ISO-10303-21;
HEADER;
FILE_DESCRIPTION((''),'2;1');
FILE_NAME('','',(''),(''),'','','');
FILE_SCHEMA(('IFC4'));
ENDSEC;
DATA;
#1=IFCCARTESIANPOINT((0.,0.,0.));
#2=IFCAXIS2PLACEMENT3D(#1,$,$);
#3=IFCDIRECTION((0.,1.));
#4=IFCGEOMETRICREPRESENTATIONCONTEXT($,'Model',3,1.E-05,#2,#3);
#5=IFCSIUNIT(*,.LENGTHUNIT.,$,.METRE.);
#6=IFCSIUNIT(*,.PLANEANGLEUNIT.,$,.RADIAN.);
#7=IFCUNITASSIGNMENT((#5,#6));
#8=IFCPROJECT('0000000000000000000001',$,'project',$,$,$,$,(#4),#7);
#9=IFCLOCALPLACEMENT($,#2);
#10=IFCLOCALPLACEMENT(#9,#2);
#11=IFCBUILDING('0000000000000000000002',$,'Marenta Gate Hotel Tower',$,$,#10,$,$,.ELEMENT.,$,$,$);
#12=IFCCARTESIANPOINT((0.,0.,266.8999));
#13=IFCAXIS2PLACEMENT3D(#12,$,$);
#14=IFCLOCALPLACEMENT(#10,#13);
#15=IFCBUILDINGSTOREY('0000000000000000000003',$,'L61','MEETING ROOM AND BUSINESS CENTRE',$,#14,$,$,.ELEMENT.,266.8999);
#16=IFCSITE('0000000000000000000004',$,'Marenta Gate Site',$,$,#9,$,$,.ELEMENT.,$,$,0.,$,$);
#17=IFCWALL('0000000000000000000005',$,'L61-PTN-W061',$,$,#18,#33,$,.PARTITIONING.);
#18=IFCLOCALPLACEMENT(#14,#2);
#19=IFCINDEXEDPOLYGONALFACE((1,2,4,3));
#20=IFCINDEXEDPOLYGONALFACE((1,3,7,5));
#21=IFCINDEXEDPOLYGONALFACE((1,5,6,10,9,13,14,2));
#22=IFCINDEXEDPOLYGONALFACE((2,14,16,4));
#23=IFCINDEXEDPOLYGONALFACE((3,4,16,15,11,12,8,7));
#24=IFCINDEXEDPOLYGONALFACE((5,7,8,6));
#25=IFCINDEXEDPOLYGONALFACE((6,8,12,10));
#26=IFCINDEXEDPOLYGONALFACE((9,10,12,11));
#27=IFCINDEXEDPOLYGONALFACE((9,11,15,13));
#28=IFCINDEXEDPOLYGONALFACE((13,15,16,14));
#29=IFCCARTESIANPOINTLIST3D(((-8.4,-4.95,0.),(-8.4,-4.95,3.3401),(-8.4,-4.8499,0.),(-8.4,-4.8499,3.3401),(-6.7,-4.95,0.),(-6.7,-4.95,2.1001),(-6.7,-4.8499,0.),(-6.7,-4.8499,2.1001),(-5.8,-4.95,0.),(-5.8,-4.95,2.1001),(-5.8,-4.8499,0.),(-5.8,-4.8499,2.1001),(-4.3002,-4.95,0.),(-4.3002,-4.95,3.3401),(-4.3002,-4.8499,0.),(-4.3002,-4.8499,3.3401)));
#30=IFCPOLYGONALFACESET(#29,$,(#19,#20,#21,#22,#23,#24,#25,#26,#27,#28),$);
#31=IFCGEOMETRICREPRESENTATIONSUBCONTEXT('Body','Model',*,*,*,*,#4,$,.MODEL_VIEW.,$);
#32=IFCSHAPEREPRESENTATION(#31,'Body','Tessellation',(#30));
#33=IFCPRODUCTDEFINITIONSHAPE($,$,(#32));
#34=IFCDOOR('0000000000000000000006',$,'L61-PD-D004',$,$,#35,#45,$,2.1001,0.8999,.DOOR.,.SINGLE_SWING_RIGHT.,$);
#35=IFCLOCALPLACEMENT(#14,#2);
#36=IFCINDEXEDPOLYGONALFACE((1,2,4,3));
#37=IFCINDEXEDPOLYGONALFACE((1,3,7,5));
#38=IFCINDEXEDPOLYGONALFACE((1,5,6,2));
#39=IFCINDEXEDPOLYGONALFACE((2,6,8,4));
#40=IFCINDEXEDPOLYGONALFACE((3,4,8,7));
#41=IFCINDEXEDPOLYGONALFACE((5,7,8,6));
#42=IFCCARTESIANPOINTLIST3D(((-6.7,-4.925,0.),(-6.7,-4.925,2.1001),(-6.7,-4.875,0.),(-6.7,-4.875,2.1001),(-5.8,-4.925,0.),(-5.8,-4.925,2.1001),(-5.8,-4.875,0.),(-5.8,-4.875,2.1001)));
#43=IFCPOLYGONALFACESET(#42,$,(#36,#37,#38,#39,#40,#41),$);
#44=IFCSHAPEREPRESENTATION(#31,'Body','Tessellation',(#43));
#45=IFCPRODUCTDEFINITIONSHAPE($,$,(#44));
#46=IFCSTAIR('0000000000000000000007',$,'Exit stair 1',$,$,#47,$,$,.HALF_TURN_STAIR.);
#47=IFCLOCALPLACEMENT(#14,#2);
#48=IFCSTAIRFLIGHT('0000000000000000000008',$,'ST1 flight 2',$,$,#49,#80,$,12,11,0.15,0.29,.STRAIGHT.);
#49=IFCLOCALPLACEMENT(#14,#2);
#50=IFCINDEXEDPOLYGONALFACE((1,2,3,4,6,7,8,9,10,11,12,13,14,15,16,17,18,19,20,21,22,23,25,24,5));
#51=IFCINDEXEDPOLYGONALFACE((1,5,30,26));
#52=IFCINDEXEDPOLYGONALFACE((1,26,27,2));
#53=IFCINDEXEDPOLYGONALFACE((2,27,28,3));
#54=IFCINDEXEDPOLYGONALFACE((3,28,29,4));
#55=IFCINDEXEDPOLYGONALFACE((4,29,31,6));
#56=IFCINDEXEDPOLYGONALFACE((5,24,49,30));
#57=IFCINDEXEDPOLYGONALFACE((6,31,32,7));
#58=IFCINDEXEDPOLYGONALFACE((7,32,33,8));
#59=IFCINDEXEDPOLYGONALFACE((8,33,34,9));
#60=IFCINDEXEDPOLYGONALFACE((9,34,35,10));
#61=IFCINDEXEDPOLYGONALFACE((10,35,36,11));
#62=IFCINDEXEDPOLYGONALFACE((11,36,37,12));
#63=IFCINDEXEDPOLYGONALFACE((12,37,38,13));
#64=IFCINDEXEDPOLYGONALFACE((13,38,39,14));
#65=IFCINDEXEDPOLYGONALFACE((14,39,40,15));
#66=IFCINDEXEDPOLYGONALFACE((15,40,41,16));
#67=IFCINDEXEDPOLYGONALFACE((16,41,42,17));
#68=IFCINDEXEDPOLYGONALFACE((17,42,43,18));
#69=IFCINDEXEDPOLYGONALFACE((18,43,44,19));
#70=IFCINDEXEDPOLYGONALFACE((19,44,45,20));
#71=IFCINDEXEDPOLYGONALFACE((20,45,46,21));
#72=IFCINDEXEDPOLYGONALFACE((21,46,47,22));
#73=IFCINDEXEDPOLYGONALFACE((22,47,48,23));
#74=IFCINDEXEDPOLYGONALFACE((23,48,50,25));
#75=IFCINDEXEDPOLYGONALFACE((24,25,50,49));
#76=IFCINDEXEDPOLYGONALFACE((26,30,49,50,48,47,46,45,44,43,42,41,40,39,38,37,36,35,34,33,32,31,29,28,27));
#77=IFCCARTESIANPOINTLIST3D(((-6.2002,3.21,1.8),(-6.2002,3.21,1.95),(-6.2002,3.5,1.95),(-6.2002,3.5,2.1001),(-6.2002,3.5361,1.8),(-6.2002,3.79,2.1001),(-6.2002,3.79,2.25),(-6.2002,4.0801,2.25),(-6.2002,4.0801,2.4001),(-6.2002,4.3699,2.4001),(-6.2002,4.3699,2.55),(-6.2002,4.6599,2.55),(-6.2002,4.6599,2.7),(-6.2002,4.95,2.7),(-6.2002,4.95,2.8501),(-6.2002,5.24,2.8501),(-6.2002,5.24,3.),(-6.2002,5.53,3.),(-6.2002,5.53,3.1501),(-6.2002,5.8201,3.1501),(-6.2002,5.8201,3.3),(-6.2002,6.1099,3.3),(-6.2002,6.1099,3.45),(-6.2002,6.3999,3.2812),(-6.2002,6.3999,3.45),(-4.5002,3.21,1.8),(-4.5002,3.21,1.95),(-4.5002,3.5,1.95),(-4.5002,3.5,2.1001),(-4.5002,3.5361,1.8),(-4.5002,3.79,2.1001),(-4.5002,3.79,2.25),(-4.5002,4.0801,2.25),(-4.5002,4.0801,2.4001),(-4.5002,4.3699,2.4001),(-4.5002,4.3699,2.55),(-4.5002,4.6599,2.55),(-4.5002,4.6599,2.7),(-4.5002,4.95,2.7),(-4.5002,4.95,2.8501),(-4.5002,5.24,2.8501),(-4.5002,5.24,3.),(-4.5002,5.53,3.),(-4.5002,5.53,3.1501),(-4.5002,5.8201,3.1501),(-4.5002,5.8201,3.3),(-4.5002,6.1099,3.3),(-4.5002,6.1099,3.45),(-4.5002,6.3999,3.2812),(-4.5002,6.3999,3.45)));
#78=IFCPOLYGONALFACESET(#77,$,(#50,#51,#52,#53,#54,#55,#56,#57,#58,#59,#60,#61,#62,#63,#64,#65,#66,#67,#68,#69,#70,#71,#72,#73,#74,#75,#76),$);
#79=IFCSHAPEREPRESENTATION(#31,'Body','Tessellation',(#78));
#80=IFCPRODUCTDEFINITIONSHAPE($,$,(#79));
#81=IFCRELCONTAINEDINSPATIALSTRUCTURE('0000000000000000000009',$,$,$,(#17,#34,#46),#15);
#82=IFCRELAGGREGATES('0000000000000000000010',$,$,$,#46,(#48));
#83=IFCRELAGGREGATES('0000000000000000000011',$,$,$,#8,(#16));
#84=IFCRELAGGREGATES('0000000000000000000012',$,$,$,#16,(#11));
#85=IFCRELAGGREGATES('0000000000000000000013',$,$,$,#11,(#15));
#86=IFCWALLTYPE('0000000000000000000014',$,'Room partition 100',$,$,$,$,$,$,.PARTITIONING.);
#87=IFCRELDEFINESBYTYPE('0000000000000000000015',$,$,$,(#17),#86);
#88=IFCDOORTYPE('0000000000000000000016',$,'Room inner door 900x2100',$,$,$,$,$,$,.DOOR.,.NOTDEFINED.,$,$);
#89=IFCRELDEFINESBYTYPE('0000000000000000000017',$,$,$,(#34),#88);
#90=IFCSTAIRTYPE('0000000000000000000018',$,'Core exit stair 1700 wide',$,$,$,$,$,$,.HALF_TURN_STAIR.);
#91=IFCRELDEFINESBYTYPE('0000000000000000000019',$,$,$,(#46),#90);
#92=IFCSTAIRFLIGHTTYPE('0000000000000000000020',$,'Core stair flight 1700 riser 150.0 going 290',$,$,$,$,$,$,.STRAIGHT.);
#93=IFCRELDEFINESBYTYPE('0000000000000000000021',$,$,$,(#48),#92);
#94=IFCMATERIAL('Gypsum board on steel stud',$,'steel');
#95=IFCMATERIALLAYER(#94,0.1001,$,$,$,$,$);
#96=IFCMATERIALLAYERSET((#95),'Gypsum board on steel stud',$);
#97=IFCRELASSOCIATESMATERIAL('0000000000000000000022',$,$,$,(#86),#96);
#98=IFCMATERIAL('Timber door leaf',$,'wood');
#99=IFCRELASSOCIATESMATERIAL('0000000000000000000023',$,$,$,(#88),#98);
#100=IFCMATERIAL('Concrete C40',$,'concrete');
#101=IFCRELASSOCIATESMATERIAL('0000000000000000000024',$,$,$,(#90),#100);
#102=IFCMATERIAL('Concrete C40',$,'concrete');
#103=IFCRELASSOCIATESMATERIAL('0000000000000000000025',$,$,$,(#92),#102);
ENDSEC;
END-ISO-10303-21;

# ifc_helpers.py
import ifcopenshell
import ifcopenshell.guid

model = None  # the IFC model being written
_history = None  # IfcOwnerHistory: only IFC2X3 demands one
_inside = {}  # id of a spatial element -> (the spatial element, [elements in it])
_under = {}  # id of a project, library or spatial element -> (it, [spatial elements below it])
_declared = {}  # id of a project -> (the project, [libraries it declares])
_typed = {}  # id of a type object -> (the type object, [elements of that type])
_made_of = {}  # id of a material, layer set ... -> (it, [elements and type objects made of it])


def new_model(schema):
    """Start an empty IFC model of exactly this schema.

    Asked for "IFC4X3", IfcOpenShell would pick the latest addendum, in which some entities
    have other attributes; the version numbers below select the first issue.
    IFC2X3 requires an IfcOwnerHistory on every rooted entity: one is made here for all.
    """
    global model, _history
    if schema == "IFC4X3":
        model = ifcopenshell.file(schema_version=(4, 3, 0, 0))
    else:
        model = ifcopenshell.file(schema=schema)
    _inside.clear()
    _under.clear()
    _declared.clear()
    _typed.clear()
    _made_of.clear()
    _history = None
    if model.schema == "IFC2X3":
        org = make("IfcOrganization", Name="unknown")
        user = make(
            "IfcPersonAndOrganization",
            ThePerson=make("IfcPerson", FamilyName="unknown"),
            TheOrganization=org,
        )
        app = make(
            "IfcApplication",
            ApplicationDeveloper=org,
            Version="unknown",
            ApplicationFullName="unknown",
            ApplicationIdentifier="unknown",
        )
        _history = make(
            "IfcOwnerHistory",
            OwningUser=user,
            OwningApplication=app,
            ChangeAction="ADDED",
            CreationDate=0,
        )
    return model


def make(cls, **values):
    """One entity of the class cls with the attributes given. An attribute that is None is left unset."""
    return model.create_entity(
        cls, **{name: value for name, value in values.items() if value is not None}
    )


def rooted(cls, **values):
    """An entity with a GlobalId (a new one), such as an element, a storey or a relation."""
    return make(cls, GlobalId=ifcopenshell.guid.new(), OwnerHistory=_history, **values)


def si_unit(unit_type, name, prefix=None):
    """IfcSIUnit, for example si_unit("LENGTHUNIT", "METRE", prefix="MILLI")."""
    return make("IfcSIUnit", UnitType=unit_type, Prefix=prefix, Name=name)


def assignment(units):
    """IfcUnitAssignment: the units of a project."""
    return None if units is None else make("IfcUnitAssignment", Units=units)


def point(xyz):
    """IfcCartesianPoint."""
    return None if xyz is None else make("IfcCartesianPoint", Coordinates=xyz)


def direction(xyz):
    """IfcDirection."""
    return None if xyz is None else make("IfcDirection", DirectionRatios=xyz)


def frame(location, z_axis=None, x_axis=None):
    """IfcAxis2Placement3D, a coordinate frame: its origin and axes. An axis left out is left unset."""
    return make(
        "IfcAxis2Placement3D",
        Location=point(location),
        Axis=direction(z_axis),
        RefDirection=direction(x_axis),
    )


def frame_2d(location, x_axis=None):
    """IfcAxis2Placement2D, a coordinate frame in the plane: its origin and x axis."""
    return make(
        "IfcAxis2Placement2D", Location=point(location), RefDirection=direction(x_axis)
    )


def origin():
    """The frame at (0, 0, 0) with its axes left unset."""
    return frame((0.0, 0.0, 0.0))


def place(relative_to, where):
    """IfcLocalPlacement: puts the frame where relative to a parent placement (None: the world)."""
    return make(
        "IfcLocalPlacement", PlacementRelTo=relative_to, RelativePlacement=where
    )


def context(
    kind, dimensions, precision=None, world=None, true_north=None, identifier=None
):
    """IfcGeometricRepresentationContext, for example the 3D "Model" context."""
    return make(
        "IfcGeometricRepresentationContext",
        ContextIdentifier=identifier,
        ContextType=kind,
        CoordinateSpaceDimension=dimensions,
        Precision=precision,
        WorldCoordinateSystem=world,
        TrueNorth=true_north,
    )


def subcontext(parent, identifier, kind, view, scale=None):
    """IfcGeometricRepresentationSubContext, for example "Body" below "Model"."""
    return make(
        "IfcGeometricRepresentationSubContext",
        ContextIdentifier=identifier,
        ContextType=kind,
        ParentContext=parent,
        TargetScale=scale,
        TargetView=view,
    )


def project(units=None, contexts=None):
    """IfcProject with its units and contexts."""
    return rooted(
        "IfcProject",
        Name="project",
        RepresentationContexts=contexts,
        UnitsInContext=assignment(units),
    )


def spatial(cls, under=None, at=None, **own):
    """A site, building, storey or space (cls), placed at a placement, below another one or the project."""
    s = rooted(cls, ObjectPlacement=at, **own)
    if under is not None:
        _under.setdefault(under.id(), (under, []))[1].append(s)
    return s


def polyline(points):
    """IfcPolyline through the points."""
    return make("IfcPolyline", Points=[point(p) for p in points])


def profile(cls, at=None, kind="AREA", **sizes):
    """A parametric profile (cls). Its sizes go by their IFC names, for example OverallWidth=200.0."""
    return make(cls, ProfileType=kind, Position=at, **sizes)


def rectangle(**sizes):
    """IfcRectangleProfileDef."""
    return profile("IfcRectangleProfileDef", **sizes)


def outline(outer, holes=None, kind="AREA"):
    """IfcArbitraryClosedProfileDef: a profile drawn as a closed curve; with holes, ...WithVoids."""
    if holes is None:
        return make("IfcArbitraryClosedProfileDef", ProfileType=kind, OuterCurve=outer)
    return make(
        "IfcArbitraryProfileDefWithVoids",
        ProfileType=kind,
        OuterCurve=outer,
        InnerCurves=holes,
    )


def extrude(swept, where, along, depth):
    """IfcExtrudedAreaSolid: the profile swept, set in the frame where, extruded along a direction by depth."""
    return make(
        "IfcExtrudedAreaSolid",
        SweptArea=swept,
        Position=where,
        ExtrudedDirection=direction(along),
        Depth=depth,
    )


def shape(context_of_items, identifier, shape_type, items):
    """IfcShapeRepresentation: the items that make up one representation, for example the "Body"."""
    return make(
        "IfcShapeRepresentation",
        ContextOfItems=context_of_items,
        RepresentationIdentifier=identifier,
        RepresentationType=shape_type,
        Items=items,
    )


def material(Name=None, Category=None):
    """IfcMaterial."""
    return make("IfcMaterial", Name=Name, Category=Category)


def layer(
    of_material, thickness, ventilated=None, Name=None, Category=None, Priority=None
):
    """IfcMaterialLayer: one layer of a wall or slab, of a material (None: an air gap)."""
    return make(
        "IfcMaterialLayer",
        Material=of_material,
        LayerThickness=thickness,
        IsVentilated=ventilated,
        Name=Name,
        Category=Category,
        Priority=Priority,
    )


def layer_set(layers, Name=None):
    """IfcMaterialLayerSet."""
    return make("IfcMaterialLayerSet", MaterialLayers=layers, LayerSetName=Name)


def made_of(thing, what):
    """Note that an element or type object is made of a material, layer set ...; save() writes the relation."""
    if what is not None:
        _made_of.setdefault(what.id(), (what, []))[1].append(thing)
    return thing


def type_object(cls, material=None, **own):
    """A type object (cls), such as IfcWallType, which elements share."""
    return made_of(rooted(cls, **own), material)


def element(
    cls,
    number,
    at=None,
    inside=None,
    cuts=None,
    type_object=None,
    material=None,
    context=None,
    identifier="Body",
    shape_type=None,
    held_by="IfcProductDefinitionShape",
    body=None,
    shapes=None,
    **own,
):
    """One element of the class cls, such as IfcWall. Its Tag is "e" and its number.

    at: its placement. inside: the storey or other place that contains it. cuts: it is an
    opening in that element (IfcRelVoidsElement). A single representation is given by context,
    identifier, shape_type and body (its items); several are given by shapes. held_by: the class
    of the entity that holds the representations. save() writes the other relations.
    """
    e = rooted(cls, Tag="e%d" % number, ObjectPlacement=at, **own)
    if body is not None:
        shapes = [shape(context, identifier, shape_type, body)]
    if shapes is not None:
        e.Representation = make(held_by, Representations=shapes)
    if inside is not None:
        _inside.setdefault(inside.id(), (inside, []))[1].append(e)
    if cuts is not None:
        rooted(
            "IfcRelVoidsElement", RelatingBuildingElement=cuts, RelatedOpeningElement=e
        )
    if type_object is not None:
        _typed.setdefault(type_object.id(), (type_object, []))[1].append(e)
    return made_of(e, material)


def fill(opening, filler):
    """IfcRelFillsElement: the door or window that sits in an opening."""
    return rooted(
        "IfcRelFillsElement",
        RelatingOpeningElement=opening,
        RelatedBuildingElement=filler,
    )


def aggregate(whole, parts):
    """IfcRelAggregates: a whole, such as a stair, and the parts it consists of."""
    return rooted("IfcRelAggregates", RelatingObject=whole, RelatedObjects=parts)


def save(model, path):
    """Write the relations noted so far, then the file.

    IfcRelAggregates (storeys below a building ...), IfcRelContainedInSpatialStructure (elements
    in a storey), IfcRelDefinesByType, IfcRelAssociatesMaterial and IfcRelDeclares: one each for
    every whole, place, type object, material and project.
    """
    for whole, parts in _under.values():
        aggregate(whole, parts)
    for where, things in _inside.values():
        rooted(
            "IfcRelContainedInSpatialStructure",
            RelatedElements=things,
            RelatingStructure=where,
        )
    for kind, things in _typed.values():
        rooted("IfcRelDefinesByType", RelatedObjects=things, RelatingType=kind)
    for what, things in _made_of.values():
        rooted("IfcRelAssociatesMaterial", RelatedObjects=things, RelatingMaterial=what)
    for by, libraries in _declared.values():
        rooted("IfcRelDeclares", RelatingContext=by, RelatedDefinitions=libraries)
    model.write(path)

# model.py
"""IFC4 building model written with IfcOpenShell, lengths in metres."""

from ifc_helpers import new_model, si_unit, direction, frame, frame_2d, origin, place, context, subcontext, project, spatial, polyline, rectangle, outline, extrude, material, layer, layer_set, type_object, element, fill, aggregate, save


model = new_model("IFC4")

# Units and contexts
model_context = context("Model", 3, precision=1e-05, world=origin(), true_north=direction((0.0, 1.0)))
body_context = subcontext(model_context, "Body", "Model", "MODEL_VIEW")
ifc_project = project(units=[si_unit("LENGTHUNIT", "METRE"), si_unit("PLANEANGLEUNIT", "RADIAN")], contexts=[model_context])

# Site, building, storey
site_placement = place(None, origin())
site = spatial("IfcSite", under=ifc_project, at=site_placement, Name="Marenta Gate Site", CompositionType="ELEMENT", RefElevation=0.0)
building_placement = place(site_placement, origin())
building = spatial("IfcBuilding", under=site, at=building_placement, Name="Marenta Gate Hotel Tower", CompositionType="ELEMENT")
storey_placement = place(building_placement, frame((0.0, 0.0, 266.8999)))
storey = spatial("IfcBuildingStorey", under=building, at=storey_placement, Name="L61", Description="MEETING ROOM AND BUSINESS CENTRE", CompositionType="ELEMENT", Elevation=266.8999)

# Wall, opening, door
ifc_material_1 = material(Name="Gypsum board on steel stud", Category="steel")
ifc_layer_1 = layer(ifc_material_1, 0.1001)
ifc_layer_set_1 = layer_set([ifc_layer_1], Name="Gypsum board on steel stud")
wall_type_1 = type_object("IfcWallType", Name="Room partition 100", PredefinedType="PARTITIONING", material=ifc_layer_set_1)
wall_1_placement = place(storey_placement, frame((-8.3999, -4.8999, 0.0), z_axis=(0.0, 0.0, 1.0), x_axis=(1.0, 0.0, 0.0)))
wall_1 = element("IfcWall", 1, at=wall_1_placement, inside=storey, type_object=wall_type_1, Name="L61-PTN-W061", PredefinedType="PARTITIONING", context=body_context, shape_type="SweptSolid", body=[
    extrude(rectangle(XDim=4.0999, YDim=0.1001, at=frame_2d((2.0498, 0.0))), origin(), (0.0, 0.0, 1.0), 3.3401),
])
opening_1_placement = place(wall_1_placement, frame((1.7, 0.0, 0.0)))
opening_1 = element("IfcOpeningElement", 2, at=opening_1_placement, cuts=wall_1, PredefinedType="OPENING", context=body_context, shape_type="SweptSolid", body=[
    extrude(rectangle(XDim=0.8999, YDim=2.1001, at=frame_2d((0.45, 1.05))), frame((0.0, 0.05, 0.0), z_axis=(0.0, -1.0, 0.0), x_axis=(1.0, 0.0, 0.0)), (0.0, 0.0, 1.0), 0.1001),
])
ifc_material_2 = material(Name="Timber door leaf", Category="wood")
door_type_1 = type_object("IfcDoorType", Name="Room inner door 900x2100", OperationType="NOTDEFINED", PredefinedType="DOOR", material=ifc_material_2)
door_1_placement = place(opening_1_placement, origin())
door_1 = element("IfcDoor", 3, at=door_1_placement, inside=storey, type_object=door_type_1, Name="L61-PD-D004", OperationType="SINGLE_SWING_RIGHT", OverallHeight=2.1001, OverallWidth=0.8999, PredefinedType="DOOR", context=body_context, shape_type="SweptSolid", body=[
    extrude(rectangle(XDim=0.8999, YDim=2.1001, at=frame_2d((0.45, 1.05))), frame((0.0, 0.0249, 0.0), z_axis=(0.0, -1.0, 0.0), x_axis=(1.0, 0.0, 0.0)), (0.0, 0.0, 1.0), 0.05),
])
fill(opening_1, door_1)

# Stair, stair flight
ifc_material_3 = material(Name="Concrete C40", Category="concrete")
stair_type = type_object("IfcStairType", Name="Core exit stair 1700 wide", PredefinedType="HALF_TURN_STAIR", material=ifc_material_3)
stair_placement = place(storey_placement, origin())
stair = element("IfcStair", 4, at=stair_placement, inside=storey, type_object=stair_type, Name="Exit stair 1", PredefinedType="HALF_TURN_STAIR")
ifc_material_4 = material(Name="Concrete C40", Category="concrete")
stair_flight_type = type_object("IfcStairFlightType", Name="Core stair flight 1700 riser 150.0 going 290", PredefinedType="STRAIGHT", material=ifc_material_4)
stair_flight_placement = place(storey_placement, frame((-5.3501, 3.21, 1.8), z_axis=(0.0, 0.0, 1.0), x_axis=(0.0, 1.0, 0.0)))
stair_flight = element("IfcStairFlight", 5, at=stair_flight_placement, type_object=stair_flight_type, Name="ST1 flight 2", NumberOfRisers=12, NumberOfTreads=11, PredefinedType="STRAIGHT", RiserHeight=0.15, TreadLength=0.29, context=body_context, shape_type="SweptSolid", body=[
    extrude(outline(polyline([(0.0, 0.0), (0.0, 0.1499), (0.29, 0.1499), (0.29, 0.3), (0.5801, 0.3), (0.5801, 0.45), (0.8701, 0.45), (0.8701, 0.6001), (1.1599, 0.6001), (1.1599, 0.75), (1.45, 0.75), (1.45, 0.8999), (1.74, 0.8999), (1.74, 1.05), (2.03, 1.05), (2.03, 1.2), (2.3201, 1.2), (2.3201, 1.3501), (2.6101, 1.3501), (2.6101, 1.5), (2.8999, 1.5), (2.8999, 1.6499), (3.1899, 1.6499), (3.1899, 1.8), (3.1899, 1.4812), (0.3262, 0.0), (0.0, 0.0)])), frame((0.0, 0.8501, 0.0), z_axis=(0.0, -1.0, 0.0), x_axis=(1.0, 0.0, 0.0)), (0.0, 0.0, 1.0), 1.7),
])
aggregate(stair, [stair_flight])

save(model, "model.ifc")
